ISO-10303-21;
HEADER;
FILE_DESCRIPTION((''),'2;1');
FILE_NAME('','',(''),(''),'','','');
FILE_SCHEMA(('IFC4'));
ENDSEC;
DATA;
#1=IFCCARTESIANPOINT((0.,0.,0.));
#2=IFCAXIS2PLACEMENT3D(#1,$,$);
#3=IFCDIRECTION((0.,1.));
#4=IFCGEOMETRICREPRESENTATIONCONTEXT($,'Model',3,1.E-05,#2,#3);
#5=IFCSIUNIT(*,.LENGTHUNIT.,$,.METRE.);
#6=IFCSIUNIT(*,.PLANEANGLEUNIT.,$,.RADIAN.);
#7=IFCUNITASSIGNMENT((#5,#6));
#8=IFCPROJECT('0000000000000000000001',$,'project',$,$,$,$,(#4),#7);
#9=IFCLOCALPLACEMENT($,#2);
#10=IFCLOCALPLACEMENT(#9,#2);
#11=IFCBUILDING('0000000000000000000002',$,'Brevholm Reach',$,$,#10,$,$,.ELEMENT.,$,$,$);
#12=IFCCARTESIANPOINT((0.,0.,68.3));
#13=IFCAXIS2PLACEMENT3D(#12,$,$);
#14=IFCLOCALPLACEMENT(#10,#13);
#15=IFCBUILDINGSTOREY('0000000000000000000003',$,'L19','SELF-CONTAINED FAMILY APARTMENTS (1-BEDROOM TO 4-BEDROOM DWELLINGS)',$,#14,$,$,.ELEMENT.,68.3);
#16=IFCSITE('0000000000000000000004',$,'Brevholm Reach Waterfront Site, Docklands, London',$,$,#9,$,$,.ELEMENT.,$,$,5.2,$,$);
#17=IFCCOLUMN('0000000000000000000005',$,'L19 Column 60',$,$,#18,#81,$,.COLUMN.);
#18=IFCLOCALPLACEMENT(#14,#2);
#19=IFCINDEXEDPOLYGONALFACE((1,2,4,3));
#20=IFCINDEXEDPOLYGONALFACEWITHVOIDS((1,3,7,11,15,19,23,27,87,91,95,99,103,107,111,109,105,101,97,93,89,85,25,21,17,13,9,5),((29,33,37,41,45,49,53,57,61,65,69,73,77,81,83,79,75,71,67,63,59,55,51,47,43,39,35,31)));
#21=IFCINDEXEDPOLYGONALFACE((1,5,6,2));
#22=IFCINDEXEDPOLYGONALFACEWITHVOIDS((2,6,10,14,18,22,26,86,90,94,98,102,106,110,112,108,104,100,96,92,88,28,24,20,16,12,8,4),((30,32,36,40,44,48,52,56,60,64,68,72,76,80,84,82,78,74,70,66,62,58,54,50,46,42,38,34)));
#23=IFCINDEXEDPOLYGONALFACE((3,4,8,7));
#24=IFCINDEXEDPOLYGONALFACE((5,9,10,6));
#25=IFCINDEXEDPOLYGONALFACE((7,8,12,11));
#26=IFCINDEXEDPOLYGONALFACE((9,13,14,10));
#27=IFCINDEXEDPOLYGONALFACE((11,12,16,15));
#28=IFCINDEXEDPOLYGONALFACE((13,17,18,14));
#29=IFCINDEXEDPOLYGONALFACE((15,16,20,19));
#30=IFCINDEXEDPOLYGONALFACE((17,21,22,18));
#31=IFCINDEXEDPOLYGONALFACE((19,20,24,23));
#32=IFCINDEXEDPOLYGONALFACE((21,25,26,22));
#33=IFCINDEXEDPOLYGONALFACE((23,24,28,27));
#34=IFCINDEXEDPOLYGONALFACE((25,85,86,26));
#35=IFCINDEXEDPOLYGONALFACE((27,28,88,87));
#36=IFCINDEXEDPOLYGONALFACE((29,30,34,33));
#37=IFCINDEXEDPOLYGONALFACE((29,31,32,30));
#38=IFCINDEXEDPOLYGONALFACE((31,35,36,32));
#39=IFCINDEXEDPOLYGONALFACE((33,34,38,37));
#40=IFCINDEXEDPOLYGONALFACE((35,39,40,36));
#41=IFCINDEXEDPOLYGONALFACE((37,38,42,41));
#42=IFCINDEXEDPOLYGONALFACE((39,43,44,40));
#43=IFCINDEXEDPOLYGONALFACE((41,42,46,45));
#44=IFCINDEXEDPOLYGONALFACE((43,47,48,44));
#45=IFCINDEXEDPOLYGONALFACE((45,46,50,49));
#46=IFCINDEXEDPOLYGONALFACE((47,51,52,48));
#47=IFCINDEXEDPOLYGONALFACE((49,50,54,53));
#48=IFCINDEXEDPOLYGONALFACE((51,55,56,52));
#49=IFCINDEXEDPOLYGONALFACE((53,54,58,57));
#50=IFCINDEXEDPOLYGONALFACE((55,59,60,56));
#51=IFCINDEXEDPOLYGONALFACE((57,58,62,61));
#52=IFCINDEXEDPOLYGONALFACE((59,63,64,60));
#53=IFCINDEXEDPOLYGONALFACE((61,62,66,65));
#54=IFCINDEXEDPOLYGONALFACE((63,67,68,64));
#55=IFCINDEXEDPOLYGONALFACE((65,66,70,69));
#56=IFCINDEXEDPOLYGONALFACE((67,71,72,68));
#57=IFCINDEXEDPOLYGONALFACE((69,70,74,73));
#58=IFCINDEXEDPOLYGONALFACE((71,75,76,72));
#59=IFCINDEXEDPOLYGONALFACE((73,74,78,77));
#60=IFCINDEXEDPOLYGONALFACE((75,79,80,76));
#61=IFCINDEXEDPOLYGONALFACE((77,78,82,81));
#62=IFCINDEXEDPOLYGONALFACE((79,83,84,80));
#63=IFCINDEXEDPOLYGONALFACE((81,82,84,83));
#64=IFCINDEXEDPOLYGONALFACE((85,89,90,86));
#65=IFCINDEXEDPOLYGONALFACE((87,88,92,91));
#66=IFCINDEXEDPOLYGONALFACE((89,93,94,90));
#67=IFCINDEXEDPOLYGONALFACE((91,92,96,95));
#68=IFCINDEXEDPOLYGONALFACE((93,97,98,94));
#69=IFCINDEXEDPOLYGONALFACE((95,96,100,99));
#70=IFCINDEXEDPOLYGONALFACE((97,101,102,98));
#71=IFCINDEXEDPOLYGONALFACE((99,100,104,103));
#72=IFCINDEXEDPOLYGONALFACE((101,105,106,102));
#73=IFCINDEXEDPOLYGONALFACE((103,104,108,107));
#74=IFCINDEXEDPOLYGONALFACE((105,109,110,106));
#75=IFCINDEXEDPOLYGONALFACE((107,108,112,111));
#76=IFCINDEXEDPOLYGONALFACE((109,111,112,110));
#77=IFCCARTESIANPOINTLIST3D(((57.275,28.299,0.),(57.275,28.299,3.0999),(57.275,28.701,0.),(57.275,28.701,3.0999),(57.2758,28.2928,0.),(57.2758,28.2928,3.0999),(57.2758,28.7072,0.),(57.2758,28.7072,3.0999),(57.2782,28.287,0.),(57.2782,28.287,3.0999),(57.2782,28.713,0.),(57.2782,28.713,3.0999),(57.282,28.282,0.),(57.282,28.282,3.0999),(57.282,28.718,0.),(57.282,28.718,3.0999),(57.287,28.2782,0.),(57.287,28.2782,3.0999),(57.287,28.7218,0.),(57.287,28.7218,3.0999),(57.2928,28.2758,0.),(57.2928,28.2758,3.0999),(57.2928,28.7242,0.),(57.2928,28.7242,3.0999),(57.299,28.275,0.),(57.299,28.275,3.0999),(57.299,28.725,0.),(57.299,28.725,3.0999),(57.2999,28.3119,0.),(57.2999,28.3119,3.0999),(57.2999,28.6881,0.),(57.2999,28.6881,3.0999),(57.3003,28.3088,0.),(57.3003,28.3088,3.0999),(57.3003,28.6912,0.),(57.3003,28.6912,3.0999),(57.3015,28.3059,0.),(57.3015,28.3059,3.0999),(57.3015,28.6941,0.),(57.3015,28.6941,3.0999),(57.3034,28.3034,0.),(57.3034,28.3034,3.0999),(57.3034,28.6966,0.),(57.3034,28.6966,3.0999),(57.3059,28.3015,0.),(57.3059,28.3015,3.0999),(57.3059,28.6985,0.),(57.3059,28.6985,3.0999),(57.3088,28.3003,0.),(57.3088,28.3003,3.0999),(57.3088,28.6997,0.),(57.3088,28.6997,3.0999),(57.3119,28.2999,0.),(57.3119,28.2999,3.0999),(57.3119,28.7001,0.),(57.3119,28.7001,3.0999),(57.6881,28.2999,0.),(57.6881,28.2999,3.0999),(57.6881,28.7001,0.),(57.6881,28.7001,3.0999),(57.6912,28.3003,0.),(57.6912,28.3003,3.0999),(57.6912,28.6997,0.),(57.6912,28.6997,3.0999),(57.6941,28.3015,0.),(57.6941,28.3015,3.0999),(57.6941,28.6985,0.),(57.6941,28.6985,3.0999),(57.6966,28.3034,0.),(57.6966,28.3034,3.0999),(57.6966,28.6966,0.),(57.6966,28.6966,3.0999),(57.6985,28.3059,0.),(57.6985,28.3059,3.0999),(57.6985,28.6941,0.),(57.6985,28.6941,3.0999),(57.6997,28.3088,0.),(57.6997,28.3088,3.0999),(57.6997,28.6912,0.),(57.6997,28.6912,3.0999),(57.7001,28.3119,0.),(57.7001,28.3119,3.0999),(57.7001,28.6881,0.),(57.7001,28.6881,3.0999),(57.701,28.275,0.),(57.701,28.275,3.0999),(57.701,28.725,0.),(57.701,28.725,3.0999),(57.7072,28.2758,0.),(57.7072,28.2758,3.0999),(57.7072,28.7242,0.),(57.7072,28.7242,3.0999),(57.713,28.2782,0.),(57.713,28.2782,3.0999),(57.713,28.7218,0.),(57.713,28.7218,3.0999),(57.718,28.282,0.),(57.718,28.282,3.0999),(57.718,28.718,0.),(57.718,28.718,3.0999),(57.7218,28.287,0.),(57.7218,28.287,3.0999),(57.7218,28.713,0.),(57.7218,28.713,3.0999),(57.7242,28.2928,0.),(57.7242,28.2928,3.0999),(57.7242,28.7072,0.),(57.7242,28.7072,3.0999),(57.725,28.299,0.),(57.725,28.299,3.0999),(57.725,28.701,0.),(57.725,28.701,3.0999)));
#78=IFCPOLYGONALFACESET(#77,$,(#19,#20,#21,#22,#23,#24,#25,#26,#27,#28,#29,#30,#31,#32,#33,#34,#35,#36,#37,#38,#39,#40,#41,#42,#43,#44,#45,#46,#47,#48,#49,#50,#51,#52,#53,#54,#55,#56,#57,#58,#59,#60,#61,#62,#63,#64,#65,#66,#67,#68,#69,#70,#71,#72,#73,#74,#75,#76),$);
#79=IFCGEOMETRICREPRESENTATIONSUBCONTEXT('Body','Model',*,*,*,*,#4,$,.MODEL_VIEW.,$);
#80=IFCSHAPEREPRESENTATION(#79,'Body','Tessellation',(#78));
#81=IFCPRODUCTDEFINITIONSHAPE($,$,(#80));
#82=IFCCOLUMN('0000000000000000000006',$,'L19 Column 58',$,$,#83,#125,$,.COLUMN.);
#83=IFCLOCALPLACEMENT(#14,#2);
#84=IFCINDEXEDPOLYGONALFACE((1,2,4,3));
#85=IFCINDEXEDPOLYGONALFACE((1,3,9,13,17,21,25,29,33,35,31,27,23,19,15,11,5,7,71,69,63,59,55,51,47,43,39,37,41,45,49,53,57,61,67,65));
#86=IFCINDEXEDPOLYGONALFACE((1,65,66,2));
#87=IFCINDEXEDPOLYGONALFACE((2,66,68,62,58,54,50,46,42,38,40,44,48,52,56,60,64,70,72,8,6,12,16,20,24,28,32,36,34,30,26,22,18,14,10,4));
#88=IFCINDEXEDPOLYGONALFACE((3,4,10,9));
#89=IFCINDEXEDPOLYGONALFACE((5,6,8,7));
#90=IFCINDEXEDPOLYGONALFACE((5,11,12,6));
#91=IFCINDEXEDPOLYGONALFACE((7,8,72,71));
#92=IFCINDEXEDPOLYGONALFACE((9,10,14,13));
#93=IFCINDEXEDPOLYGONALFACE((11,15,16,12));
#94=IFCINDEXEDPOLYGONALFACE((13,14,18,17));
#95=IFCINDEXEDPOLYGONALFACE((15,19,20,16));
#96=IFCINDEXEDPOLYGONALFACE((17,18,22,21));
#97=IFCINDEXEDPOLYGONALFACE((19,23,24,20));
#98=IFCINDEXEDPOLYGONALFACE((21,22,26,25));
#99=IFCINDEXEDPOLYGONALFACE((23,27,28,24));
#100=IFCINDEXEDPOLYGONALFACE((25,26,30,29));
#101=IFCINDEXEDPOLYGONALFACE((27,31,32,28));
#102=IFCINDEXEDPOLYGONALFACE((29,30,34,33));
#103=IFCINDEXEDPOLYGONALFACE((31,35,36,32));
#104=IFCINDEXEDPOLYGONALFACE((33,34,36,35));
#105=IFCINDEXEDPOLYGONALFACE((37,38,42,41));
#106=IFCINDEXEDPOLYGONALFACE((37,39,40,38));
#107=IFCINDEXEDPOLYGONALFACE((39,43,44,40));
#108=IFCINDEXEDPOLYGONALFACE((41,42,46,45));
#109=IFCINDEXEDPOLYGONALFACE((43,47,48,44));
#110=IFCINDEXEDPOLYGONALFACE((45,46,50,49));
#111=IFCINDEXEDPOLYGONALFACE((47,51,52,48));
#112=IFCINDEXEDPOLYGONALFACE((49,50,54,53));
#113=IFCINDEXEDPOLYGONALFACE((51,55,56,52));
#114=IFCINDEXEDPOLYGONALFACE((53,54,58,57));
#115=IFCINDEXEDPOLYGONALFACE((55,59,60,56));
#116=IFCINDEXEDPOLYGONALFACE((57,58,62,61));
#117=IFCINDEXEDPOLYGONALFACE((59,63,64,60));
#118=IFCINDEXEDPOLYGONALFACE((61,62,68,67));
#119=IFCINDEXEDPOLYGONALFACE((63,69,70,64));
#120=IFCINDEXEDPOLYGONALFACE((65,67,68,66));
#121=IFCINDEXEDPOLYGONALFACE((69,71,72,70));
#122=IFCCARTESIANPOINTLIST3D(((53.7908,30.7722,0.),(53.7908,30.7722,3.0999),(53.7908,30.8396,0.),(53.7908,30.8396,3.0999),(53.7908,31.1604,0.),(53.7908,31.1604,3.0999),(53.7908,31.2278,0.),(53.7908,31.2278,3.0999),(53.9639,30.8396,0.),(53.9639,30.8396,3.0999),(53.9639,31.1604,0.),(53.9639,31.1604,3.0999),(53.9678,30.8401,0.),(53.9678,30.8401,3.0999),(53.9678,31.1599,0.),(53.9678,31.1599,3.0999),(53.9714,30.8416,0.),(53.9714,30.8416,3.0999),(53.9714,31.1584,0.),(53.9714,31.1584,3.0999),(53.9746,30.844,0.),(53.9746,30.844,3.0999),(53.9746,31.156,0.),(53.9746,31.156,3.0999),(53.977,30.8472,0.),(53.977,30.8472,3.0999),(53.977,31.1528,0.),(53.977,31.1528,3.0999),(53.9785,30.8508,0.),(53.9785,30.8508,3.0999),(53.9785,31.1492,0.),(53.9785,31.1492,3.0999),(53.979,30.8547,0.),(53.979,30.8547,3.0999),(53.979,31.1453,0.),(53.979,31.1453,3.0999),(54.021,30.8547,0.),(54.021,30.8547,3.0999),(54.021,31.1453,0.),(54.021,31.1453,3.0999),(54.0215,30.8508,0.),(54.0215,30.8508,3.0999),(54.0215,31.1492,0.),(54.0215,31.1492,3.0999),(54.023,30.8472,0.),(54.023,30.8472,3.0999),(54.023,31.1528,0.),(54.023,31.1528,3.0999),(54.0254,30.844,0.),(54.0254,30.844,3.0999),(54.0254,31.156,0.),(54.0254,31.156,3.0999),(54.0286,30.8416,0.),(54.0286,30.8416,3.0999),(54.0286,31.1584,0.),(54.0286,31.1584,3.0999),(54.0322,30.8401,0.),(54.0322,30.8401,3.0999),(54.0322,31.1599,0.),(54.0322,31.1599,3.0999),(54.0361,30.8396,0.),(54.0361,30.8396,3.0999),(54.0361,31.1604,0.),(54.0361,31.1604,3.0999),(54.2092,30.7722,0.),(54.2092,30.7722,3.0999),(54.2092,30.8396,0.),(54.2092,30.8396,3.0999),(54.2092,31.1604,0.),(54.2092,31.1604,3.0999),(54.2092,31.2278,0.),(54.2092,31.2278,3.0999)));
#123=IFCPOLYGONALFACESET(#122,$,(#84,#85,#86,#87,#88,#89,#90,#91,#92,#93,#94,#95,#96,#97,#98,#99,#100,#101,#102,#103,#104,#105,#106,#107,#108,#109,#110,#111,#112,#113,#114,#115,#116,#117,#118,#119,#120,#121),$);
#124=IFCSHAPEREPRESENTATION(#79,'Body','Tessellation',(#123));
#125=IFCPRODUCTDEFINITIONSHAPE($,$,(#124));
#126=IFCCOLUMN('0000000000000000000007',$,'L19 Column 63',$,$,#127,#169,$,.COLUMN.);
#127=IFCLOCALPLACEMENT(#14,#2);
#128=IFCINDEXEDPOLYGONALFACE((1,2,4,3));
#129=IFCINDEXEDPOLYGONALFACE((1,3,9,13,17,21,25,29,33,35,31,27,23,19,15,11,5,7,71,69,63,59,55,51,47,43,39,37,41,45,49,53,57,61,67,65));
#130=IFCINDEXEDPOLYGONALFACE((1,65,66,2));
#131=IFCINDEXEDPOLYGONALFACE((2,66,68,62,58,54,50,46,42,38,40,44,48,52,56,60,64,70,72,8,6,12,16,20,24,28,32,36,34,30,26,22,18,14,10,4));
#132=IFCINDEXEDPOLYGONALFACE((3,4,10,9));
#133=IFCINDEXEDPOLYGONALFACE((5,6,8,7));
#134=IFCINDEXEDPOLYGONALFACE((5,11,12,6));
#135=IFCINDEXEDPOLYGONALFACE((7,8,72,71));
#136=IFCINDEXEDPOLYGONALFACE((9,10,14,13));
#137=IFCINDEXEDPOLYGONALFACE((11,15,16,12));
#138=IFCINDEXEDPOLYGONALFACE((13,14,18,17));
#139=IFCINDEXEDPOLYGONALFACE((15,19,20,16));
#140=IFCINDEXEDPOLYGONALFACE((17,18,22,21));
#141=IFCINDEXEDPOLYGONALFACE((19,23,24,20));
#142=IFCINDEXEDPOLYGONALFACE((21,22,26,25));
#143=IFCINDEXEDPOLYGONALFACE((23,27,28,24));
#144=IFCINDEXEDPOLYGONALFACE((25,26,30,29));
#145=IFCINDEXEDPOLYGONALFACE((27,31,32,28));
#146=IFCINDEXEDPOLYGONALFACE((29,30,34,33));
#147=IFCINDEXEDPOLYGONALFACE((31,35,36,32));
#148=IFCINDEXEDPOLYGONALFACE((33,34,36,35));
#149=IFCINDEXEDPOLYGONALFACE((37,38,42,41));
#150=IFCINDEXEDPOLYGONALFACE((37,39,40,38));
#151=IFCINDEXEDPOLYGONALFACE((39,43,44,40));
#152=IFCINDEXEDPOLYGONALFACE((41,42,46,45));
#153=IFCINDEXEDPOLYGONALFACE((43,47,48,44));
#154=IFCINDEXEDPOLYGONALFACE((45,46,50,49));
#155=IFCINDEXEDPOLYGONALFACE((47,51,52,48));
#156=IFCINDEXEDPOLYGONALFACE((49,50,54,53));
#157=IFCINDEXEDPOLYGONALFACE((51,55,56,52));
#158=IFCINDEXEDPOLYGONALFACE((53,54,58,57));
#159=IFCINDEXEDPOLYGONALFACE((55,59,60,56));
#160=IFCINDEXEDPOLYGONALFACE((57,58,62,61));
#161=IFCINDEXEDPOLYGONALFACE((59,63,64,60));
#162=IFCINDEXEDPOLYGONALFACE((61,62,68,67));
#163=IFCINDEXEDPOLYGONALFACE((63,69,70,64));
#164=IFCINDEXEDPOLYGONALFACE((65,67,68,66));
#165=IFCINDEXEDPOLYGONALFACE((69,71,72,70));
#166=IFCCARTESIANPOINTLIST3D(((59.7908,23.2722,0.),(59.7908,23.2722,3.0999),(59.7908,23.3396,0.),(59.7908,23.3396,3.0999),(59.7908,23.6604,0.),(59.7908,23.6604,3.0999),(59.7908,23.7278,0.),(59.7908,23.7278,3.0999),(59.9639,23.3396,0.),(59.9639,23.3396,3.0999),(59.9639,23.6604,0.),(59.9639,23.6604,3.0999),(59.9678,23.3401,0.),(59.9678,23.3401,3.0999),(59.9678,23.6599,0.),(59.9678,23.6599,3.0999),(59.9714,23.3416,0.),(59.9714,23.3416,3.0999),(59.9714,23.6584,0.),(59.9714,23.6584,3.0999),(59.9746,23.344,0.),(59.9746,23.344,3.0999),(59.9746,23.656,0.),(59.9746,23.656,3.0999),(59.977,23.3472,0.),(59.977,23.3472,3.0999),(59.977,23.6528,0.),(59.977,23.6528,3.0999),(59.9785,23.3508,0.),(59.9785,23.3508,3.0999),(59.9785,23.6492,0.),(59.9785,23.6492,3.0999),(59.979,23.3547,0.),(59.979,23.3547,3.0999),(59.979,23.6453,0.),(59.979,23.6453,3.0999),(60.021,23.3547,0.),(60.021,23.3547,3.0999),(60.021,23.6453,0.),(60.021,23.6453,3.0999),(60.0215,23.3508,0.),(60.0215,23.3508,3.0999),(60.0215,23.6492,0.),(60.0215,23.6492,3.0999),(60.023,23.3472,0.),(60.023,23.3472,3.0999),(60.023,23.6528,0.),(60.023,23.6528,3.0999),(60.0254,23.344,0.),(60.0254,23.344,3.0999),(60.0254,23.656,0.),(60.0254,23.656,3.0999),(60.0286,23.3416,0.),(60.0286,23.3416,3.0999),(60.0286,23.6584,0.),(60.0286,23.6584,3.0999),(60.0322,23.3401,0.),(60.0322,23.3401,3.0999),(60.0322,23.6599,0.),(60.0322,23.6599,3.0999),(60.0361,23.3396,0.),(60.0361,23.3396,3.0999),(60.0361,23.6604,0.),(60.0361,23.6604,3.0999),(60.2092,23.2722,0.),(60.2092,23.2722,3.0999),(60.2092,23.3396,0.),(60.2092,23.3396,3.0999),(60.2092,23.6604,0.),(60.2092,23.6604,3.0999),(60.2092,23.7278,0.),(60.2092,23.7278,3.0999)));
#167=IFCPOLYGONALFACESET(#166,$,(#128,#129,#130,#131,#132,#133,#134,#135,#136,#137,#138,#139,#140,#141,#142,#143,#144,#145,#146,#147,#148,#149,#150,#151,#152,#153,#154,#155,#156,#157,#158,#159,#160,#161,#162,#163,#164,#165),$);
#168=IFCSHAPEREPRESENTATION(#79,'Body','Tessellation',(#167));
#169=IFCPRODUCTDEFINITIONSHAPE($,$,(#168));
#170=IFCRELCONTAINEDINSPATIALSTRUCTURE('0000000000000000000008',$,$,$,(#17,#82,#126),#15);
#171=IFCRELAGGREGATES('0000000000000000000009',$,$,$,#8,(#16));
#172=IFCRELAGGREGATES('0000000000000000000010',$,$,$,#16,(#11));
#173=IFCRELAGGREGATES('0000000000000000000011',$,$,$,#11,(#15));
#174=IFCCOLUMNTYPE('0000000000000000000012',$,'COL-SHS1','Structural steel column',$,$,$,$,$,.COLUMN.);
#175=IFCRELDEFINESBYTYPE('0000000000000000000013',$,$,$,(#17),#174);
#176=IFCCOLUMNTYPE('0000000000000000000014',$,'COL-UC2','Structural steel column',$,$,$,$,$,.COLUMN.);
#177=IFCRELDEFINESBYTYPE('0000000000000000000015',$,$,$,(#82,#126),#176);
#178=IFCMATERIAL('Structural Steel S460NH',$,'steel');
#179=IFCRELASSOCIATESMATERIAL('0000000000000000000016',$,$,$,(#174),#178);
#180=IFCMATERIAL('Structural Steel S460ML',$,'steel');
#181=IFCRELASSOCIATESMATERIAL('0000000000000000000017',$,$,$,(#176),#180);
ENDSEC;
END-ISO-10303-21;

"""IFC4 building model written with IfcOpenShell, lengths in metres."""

from ifc_helpers import new_model, si_unit, direction, frame, origin, origin_2d, place, context, subcontext, project, spatial, hollow_rectangle, i_section, extrude, material, material_profile, profile_set, type_object, element, save


model = new_model("IFC4")

# Units and contexts
model_context = context("Model", 3, precision=1e-05, world=origin(), true_north=direction((0.0, 1.0)))
body_context = subcontext(model_context, "Body", "Model", "MODEL_VIEW")
ifc_project = project(units=[si_unit("LENGTHUNIT", "METRE"), si_unit("PLANEANGLEUNIT", "RADIAN")], contexts=[model_context])

# Site, building, storey
site_placement = place(None, origin())
site = spatial("IfcSite", under=ifc_project, at=site_placement, Name="Brevholm Reach Waterfront Site, Docklands, London", CompositionType="ELEMENT", RefElevation=5.2)
building_placement = place(site_placement, origin())
building = spatial("IfcBuilding", under=site, at=building_placement, Name="Brevholm Reach", CompositionType="ELEMENT")
storey_placement = place(building_placement, frame((0.0, 0.0, 68.3)))
storey = spatial("IfcBuildingStorey", under=building, at=storey_placement, Name="L19", Description="SELF-CONTAINED FAMILY APARTMENTS (1-BEDROOM TO 4-BEDROOM DWELLINGS)", CompositionType="ELEMENT", Elevation=68.3)

# Columns
ifc_material_1 = material(Name="Structural Steel S460NH", Category="steel")
ifc_material_profile_1 = material_profile(ifc_material_1, hollow_rectangle(XDim=0.45, YDim=0.45, WallThickness=0.0249, InnerFilletRadius=0.012, OuterFilletRadius=0.0239, at=origin_2d()), Name="SHS 450x450x25")
ifc_profile_set_1 = profile_set([ifc_material_profile_1], Name="Structural Steel S460NH")
column_type_1 = type_object("IfcColumnType", Name="COL-SHS1", Description="Structural steel column", PredefinedType="COLUMN", material=ifc_profile_set_1)
column_1_placement = place(storey_placement, frame((57.5, 28.5, 0.0), z_axis=(0.0, 0.0, 1.0), x_axis=(1.0, 0.0, 0.0)))
element("IfcColumn", 1, at=column_1_placement, inside=storey, type_object=column_type_1, Name="L19 Column 60", PredefinedType="COLUMN", context=body_context, shape_type="SweptSolid", body=[
    extrude(hollow_rectangle(XDim=0.45, YDim=0.45, WallThickness=0.0249, InnerFilletRadius=0.012, OuterFilletRadius=0.0239, at=origin_2d()), origin(), (0.0, 0.0, 1.0), 3.0999),
])
ifc_material_2 = material(Name="Structural Steel S460ML", Category="steel")
ifc_material_profile_2 = material_profile(ifc_material_2, i_section(OverallWidth=0.4185, OverallDepth=0.4556, WebThickness=0.042, FlangeThickness=0.0674, FilletRadius=0.0151, at=origin_2d()), Name="UKC 356x406x551")
ifc_profile_set_2 = profile_set([ifc_material_profile_2], Name="Structural Steel S460ML")
column_type_2 = type_object("IfcColumnType", Name="COL-UC2", Description="Structural steel column", PredefinedType="COLUMN", material=ifc_profile_set_2)
for number, where, z_axis, x_axis, name in (
    (2, (54.0, 31.0, 0.0), (0.0, 0.0, 1.0), (1.0, 0.0, 0.0), "L19 Column 58"),
    (3, (60.0, 23.5, 0.0), (0.0, 0.0, 1.0), (1.0, 0.0, 0.0), "L19 Column 63"),
):
    element("IfcColumn", number, at=place(storey_placement, frame(where, z_axis=z_axis, x_axis=x_axis)), inside=storey, type_object=column_type_2, Name=name, PredefinedType="COLUMN", context=body_context, shape_type="SweptSolid", body=[
        extrude(i_section(OverallWidth=0.4185, OverallDepth=0.4556, WebThickness=0.042, FlangeThickness=0.0674, FilletRadius=0.0151, at=origin_2d()), origin(), (0.0, 0.0, 1.0), 3.0999),
    ])

save(model, "model.ifc")
